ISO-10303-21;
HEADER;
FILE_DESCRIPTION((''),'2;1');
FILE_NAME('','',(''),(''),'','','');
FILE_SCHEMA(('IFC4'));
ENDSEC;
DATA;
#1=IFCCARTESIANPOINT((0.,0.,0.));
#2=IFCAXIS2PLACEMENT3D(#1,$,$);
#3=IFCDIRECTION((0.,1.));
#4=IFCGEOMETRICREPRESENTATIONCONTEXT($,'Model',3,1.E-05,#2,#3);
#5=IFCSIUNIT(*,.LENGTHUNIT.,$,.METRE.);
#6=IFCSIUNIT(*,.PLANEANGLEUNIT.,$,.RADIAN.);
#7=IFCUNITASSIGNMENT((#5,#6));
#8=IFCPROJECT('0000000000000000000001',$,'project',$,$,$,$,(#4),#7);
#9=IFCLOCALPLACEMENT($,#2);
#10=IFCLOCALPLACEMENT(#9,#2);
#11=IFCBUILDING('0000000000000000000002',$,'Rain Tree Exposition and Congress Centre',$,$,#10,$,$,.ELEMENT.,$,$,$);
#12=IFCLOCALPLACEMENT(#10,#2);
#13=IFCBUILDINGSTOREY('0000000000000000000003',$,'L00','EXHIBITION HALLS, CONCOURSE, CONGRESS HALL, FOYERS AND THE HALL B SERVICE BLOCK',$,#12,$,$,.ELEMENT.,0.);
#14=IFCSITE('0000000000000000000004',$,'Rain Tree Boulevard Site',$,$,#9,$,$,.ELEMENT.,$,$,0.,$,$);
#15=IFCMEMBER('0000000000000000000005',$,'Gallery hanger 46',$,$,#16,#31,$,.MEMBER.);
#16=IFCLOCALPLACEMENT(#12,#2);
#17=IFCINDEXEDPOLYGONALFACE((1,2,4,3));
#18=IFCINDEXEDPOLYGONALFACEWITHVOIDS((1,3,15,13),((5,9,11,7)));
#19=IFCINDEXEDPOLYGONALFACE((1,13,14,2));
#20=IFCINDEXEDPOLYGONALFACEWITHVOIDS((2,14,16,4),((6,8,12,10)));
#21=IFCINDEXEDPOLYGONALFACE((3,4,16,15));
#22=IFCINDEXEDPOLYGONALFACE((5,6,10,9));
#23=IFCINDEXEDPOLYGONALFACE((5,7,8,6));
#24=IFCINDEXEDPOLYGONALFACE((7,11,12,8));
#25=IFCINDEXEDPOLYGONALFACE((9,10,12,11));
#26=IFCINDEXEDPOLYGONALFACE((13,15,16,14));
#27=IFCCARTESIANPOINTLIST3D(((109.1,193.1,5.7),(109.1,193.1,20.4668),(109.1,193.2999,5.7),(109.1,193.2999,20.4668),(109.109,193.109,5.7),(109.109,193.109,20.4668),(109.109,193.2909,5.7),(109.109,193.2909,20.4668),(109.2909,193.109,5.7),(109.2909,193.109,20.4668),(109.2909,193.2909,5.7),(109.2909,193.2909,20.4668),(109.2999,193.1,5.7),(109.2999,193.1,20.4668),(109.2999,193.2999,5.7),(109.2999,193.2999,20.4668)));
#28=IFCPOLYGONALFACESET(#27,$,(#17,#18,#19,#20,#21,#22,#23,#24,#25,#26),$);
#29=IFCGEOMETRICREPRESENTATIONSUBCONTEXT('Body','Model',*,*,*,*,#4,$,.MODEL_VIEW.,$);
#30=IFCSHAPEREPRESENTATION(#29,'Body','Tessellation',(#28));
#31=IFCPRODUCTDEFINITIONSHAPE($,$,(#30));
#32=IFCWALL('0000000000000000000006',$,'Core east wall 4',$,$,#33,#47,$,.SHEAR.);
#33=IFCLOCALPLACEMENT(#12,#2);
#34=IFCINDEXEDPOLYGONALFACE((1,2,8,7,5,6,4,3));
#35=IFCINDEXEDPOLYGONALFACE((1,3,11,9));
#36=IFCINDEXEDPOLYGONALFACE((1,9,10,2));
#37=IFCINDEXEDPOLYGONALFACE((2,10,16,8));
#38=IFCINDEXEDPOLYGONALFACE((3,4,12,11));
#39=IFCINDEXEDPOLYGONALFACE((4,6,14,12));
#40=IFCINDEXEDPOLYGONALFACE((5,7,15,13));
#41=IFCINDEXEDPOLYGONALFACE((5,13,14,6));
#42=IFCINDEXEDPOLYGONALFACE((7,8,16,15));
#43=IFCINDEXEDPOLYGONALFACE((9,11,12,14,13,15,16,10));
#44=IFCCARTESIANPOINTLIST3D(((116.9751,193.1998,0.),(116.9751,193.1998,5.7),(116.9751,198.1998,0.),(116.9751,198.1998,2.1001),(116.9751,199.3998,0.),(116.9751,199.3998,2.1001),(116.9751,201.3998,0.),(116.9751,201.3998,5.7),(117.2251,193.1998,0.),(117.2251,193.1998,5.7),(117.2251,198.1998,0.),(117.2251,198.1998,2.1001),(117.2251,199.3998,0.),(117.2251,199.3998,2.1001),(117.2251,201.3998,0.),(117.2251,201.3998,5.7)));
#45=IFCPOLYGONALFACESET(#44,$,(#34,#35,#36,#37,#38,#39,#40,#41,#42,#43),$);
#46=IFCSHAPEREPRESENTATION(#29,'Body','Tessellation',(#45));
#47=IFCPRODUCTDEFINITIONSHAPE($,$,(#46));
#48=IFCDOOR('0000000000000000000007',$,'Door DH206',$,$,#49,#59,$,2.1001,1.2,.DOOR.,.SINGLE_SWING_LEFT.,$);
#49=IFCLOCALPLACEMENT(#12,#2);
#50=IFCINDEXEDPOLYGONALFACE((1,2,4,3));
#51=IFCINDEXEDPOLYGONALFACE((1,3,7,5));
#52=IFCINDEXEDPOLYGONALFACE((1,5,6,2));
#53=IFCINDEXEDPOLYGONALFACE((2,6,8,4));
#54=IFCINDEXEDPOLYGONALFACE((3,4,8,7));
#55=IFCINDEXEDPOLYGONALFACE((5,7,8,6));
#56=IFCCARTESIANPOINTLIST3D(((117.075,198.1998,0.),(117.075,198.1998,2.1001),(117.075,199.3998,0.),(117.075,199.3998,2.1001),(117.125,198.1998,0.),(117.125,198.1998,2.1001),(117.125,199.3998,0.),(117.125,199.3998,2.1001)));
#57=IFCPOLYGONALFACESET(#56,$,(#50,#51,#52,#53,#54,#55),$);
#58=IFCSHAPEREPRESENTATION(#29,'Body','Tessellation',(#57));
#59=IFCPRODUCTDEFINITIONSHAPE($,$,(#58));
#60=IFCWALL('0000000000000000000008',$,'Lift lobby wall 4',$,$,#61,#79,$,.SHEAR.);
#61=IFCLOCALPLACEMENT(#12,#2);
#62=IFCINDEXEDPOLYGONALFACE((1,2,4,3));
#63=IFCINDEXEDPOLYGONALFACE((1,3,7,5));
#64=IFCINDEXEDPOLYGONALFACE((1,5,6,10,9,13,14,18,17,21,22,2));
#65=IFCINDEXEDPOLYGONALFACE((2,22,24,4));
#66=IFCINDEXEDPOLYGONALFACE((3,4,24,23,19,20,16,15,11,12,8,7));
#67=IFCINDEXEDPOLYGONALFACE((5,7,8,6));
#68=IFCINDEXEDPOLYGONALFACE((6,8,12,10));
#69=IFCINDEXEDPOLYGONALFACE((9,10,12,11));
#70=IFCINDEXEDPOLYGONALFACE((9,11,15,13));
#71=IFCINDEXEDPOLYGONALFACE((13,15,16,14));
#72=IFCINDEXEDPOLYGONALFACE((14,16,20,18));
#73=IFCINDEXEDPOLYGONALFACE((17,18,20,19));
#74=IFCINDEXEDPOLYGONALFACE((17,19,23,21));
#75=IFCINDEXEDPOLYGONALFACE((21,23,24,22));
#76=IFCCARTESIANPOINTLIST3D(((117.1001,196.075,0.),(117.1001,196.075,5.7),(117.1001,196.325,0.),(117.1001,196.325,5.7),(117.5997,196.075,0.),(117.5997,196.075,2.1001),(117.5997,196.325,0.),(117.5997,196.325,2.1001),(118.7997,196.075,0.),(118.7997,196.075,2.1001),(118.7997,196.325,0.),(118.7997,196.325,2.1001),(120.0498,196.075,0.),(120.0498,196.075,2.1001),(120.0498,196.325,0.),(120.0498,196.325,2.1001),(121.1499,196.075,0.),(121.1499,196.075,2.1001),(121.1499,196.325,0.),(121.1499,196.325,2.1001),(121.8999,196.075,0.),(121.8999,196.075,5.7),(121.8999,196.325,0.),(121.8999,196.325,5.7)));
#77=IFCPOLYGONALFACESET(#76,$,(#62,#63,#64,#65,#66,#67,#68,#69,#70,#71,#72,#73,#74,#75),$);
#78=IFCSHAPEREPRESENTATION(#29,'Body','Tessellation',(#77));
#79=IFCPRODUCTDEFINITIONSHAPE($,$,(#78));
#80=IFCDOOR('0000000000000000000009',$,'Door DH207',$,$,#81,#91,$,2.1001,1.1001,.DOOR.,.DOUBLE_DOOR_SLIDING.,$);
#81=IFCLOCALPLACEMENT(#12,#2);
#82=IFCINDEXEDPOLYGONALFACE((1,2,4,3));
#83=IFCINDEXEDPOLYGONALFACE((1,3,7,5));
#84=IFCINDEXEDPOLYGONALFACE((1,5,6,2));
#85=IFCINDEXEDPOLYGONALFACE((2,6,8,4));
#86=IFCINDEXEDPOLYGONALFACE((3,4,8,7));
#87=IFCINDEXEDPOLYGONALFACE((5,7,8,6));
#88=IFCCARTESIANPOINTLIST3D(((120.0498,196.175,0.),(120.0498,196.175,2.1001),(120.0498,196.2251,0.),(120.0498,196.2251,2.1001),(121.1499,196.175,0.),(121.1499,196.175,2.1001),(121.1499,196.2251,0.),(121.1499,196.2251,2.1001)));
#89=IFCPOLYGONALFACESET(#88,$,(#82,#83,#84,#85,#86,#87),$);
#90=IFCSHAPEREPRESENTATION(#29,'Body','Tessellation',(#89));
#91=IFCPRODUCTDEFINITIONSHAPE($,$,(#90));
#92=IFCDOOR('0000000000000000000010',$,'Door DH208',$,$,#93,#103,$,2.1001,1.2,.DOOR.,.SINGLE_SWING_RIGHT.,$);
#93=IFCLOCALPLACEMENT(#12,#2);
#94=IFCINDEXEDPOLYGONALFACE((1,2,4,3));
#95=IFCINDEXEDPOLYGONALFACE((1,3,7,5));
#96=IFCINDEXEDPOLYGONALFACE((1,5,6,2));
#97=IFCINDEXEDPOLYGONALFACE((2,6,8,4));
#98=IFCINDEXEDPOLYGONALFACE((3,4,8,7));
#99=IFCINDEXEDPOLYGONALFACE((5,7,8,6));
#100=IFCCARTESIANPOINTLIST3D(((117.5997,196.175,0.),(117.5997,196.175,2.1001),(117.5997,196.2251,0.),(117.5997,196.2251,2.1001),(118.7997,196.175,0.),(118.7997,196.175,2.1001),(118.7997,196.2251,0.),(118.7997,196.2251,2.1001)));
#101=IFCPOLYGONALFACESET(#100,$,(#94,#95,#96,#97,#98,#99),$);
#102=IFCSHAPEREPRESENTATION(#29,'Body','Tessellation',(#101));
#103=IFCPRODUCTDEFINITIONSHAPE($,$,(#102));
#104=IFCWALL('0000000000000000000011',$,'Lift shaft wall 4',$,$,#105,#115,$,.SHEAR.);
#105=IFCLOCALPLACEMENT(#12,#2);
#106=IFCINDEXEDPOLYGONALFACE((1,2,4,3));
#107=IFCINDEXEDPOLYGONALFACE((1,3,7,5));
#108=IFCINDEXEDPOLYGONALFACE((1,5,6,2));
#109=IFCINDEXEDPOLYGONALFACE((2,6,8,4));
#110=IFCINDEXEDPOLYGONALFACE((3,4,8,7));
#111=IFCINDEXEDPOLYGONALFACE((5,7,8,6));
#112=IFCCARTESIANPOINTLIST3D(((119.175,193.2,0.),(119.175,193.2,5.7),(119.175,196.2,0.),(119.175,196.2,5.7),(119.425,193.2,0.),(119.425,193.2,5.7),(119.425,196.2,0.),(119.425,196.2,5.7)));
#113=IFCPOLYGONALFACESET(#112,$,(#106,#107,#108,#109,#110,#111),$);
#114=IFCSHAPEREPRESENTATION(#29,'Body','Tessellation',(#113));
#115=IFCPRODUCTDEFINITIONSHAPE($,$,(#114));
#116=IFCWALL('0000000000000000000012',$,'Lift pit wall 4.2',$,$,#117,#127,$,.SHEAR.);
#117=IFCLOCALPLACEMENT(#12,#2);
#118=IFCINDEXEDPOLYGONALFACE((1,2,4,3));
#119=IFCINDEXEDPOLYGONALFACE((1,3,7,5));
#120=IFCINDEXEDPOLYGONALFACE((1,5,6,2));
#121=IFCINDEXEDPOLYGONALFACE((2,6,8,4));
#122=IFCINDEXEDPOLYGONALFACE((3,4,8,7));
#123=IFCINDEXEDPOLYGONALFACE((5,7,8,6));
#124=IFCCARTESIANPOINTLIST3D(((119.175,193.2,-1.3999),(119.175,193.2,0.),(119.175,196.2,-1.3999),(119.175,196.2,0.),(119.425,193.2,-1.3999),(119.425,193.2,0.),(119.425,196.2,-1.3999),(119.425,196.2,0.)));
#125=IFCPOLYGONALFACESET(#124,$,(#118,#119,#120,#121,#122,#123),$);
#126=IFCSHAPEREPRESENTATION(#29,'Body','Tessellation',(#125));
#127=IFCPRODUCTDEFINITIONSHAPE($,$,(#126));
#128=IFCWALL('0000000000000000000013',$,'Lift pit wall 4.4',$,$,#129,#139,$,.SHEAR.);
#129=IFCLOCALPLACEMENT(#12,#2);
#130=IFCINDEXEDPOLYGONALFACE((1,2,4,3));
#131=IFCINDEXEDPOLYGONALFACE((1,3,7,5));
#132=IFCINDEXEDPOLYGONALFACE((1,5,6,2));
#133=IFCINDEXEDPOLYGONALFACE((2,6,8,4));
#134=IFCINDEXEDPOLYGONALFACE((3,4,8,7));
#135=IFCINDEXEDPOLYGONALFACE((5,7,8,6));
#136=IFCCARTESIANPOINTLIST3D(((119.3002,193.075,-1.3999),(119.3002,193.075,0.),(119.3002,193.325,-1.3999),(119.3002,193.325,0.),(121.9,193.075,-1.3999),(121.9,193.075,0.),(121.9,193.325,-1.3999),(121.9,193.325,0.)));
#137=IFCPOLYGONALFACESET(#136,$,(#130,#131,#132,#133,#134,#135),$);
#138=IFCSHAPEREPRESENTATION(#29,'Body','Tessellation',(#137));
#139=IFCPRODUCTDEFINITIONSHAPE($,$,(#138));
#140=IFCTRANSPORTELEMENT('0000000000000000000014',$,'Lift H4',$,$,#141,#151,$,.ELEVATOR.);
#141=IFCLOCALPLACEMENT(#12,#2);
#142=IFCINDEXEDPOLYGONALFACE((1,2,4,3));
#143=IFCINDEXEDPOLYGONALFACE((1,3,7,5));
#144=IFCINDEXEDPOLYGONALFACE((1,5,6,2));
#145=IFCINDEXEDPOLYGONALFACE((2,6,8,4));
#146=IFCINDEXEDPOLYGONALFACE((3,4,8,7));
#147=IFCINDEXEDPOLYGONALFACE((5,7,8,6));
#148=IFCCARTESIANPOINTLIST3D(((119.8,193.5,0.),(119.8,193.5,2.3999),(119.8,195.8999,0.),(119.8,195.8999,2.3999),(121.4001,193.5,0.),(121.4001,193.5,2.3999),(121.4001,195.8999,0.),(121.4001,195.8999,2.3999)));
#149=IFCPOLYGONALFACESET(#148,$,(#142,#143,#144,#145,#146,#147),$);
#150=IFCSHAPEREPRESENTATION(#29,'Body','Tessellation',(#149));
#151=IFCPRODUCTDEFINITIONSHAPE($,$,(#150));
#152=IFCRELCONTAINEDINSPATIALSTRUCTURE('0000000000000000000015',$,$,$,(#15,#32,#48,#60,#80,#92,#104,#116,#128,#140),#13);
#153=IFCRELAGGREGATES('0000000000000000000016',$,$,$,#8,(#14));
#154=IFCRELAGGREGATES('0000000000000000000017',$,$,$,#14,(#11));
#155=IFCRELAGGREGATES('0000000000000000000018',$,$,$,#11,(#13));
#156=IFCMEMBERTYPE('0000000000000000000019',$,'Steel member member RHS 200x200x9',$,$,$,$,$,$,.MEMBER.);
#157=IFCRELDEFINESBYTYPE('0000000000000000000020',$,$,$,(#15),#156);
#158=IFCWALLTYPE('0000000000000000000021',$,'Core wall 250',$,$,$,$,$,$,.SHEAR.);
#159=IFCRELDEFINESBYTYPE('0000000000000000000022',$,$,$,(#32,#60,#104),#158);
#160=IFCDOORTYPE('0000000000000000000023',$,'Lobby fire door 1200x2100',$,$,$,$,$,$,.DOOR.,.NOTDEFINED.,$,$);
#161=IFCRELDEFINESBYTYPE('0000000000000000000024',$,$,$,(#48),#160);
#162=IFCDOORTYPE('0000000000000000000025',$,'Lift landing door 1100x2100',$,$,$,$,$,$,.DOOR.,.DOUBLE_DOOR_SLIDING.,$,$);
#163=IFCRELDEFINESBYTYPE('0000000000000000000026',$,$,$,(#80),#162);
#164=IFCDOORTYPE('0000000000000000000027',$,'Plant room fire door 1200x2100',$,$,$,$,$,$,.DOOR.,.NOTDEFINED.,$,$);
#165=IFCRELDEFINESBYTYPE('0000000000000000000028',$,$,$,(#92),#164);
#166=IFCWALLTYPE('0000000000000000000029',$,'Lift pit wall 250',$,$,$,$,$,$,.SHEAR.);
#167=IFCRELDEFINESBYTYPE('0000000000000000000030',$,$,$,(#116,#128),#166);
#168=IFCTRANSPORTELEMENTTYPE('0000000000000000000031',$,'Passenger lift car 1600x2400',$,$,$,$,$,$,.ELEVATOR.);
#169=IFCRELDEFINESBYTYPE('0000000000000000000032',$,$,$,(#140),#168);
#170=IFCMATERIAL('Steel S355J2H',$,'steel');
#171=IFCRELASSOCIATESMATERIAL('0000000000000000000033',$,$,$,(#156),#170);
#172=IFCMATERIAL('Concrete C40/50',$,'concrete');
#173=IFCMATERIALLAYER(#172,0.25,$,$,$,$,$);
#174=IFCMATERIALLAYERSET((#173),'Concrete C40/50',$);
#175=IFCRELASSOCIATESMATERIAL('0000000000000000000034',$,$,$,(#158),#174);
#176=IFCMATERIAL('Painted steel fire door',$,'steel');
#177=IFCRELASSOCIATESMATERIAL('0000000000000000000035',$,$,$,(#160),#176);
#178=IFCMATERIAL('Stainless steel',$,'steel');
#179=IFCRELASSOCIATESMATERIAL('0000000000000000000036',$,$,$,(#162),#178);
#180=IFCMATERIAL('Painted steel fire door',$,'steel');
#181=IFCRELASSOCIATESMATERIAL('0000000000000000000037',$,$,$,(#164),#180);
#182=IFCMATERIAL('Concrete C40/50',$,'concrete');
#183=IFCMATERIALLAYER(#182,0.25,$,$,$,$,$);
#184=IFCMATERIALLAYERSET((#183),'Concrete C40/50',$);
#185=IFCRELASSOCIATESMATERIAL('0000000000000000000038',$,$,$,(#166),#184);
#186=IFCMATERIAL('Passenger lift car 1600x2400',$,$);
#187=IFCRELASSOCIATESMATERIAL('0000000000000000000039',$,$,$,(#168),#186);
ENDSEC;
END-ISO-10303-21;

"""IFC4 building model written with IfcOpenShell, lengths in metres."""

from ifc_helpers import new_model, si_unit, direction, frame, frame_2d, origin, origin_2d, place, context, subcontext, project, spatial, rectangle, hollow_rectangle, extrude, material, layer, layer_set, material_profile, profile_set, type_object, element, fill, save


model = new_model("IFC4")

# Units and contexts
model_context = context("Model", 3, precision=1e-05, world=origin(), true_north=direction((0.0, 1.0)))
body_context = subcontext(model_context, "Body", "Model", "MODEL_VIEW")
ifc_project = project(units=[si_unit("LENGTHUNIT", "METRE"), si_unit("PLANEANGLEUNIT", "RADIAN")], contexts=[model_context])

# Site, building, storey
site_placement = place(None, origin())
site = spatial("IfcSite", under=ifc_project, at=site_placement, Name="Rain Tree Boulevard Site", CompositionType="ELEMENT", RefElevation=0.0)
building_placement = place(site_placement, origin())
building = spatial("IfcBuilding", under=site, at=building_placement, Name="Rain Tree Exposition and Congress Centre", CompositionType="ELEMENT")
storey_placement = place(building_placement, origin())
storey = spatial("IfcBuildingStorey", under=building, at=storey_placement, Name="L00", Description="EXHIBITION HALLS, CONCOURSE, CONGRESS HALL, FOYERS AND THE HALL B SERVICE BLOCK", CompositionType="ELEMENT", Elevation=0.0)

# Member
ifc_material_1 = material(Name="Steel S355J2H", Category="steel")
ifc_material_profile_1 = material_profile(ifc_material_1, hollow_rectangle(XDim=0.2, YDim=0.2, WallThickness=0.009, at=origin_2d()), Name="RHS 200x200x9")
ifc_profile_set_1 = profile_set([ifc_material_profile_1], Name="Steel S355J2H")
member_type = type_object("IfcMemberType", Name="Steel member member RHS 200x200x9", PredefinedType="MEMBER", material=ifc_profile_set_1)
member_placement = place(storey_placement, frame((109.2, 193.2, 5.7), z_axis=(0.0, 0.0, 1.0), x_axis=(1.0, 0.0, 0.0)))
element("IfcMember", 1, at=member_placement, inside=storey, type_object=member_type, Name="Gallery hanger 46", PredefinedType="MEMBER", context=body_context, shape_type="SweptSolid", body=[
    extrude(hollow_rectangle(XDim=0.2, YDim=0.2, WallThickness=0.009, at=origin_2d()), origin(), (0.0, 0.0, 1.0), 14.7668),
])

# Wall, opening, door
ifc_material_2 = material(Name="Concrete C40/50", Category="concrete")
ifc_layer_1 = layer(ifc_material_2, 0.25)
ifc_layer_set_1 = layer_set([ifc_layer_1], Name="Concrete C40/50")
wall_type_1 = type_object("IfcWallType", Name="Core wall 250", PredefinedType="SHEAR", material=ifc_layer_set_1)
wall_1_placement = place(storey_placement, frame((117.1001, 201.3999, 0.0), z_axis=(0.0, 0.0, 1.0), x_axis=(0.0, -1.0, 0.0)))
wall_1 = element("IfcWall", 2, at=wall_1_placement, inside=storey, type_object=wall_type_1, Name="Core east wall 4", PredefinedType="SHEAR", context=body_context, shape_type="SweptSolid", body=[
    extrude(rectangle(XDim=8.2, YDim=0.25, at=frame_2d((4.1001, 0.0))), origin(), (0.0, 0.0, 1.0), 5.7),
])
opening_1_placement = place(wall_1_placement, frame((2.0, 0.0, 0.0)))
opening_1 = element("IfcOpeningElement", 3, at=opening_1_placement, cuts=wall_1, PredefinedType="OPENING", context=body_context, shape_type="SweptSolid", body=[
    extrude(rectangle(XDim=1.2, YDim=2.1001, at=frame_2d((0.6001, 1.05))), frame((0.0, 0.125, 0.0), z_axis=(0.0, -1.0, 0.0), x_axis=(1.0, 0.0, 0.0)), (0.0, 0.0, 1.0), 0.25),
])
ifc_material_3 = material(Name="Painted steel fire door", Category="steel")
door_type_1 = type_object("IfcDoorType", Name="Lobby fire door 1200x2100", OperationType="NOTDEFINED", PredefinedType="DOOR", material=ifc_material_3)
door_1_placement = place(opening_1_placement, origin())
door_1 = element("IfcDoor", 4, at=door_1_placement, inside=storey, type_object=door_type_1, Name="Door DH206", OperationType="SINGLE_SWING_LEFT", OverallHeight=2.1001, OverallWidth=1.2, PredefinedType="DOOR", context=body_context, shape_type="SweptSolid", body=[
    extrude(rectangle(XDim=1.2, YDim=2.1001, at=frame_2d((0.6001, 1.05))), frame((0.0, 0.0249, 0.0), z_axis=(0.0, -1.0, 0.0), x_axis=(1.0, 0.0, 0.0)), (0.0, 0.0, 1.0), 0.05),
])
fill(opening_1, door_1)

# Wall, openings, doors
wall_2_placement = place(storey_placement, frame((121.8999, 196.2, 0.0), z_axis=(0.0, 0.0, 1.0), x_axis=(-1.0, 0.0, 0.0)))
wall_2 = element("IfcWall", 5, at=wall_2_placement, inside=storey, type_object=wall_type_1, Name="Lift lobby wall 4", PredefinedType="SHEAR", context=body_context, shape_type="SweptSolid", body=[
    extrude(rectangle(XDim=4.7998, YDim=0.25, at=frame_2d((2.3999, 0.0))), origin(), (0.0, 0.0, 1.0), 5.7),
])
opening_2_placement = place(wall_2_placement, frame((0.75, 0.0, 0.0)))
opening_2 = element("IfcOpeningElement", 6, at=opening_2_placement, cuts=wall_2, PredefinedType="OPENING", context=body_context, shape_type="SweptSolid", body=[
    extrude(rectangle(XDim=1.1001, YDim=2.1001, at=frame_2d((0.55, 1.05))), frame((0.0, 0.125, 0.0), z_axis=(0.0, -1.0, 0.0), x_axis=(1.0, 0.0, 0.0)), (0.0, 0.0, 1.0), 0.25),
])
opening_3_placement = place(wall_2_placement, frame((3.1001, 0.0, 0.0)))
opening_3 = element("IfcOpeningElement", 7, at=opening_3_placement, cuts=wall_2, PredefinedType="OPENING", context=body_context, shape_type="SweptSolid", body=[
    extrude(rectangle(XDim=1.2, YDim=2.1001, at=frame_2d((0.6001, 1.05))), frame((0.0, 0.125, 0.0), z_axis=(0.0, -1.0, 0.0), x_axis=(1.0, 0.0, 0.0)), (0.0, 0.0, 1.0), 0.25),
])
ifc_material_4 = material(Name="Stainless steel", Category="steel")
door_type_2 = type_object("IfcDoorType", Name="Lift landing door 1100x2100", OperationType="DOUBLE_DOOR_SLIDING", PredefinedType="DOOR", material=ifc_material_4)
door_2_placement = place(opening_2_placement, origin())
door_2 = element("IfcDoor", 8, at=door_2_placement, inside=storey, type_object=door_type_2, Name="Door DH207", OperationType="DOUBLE_DOOR_SLIDING", OverallHeight=2.1001, OverallWidth=1.1001, PredefinedType="DOOR", context=body_context, shape_type="SweptSolid", body=[
    extrude(rectangle(XDim=1.1001, YDim=2.1001, at=frame_2d((0.55, 1.05))), frame((0.0, 0.0249, 0.0), z_axis=(0.0, -1.0, 0.0), x_axis=(1.0, 0.0, 0.0)), (0.0, 0.0, 1.0), 0.05),
])
fill(opening_2, door_2)
ifc_material_5 = material(Name="Painted steel fire door", Category="steel")
door_type_3 = type_object("IfcDoorType", Name="Plant room fire door 1200x2100", OperationType="NOTDEFINED", PredefinedType="DOOR", material=ifc_material_5)
door_3_placement = place(opening_3_placement, origin())
door_3 = element("IfcDoor", 9, at=door_3_placement, inside=storey, type_object=door_type_3, Name="Door DH208", OperationType="SINGLE_SWING_RIGHT", OverallHeight=2.1001, OverallWidth=1.2, PredefinedType="DOOR", context=body_context, shape_type="SweptSolid", body=[
    extrude(rectangle(XDim=1.2, YDim=2.1001, at=frame_2d((0.6001, 1.05))), frame((0.0, 0.0249, 0.0), z_axis=(0.0, -1.0, 0.0), x_axis=(1.0, 0.0, 0.0)), (0.0, 0.0, 1.0), 0.05),
])
fill(opening_3, door_3)

# Wall
wall_3_placement = place(storey_placement, frame((119.3, 196.2, 0.0), z_axis=(0.0, 0.0, 1.0), x_axis=(0.0, -1.0, 0.0)))
element("IfcWall", 10, at=wall_3_placement, inside=storey, type_object=wall_type_1, Name="Lift shaft wall 4", PredefinedType="SHEAR", context=body_context, shape_type="SweptSolid", body=[
    extrude(rectangle(XDim=3.0, YDim=0.25, at=frame_2d((1.5, 0.0))), origin(), (0.0, 0.0, 1.0), 5.7),
])

# Walls
ifc_material_6 = material(Name="Concrete C40/50", Category="concrete")
ifc_layer_2 = layer(ifc_material_6, 0.25)
ifc_layer_set_2 = layer_set([ifc_layer_2], Name="Concrete C40/50")
wall_type_2 = type_object("IfcWallType", Name="Lift pit wall 250", PredefinedType="SHEAR", material=ifc_layer_set_2)
wall_4_placement = place(storey_placement, frame((119.3, 196.2, -1.3999), z_axis=(0.0, 0.0, 1.0), x_axis=(0.0, -1.0, 0.0)))
element("IfcWall", 11, at=wall_4_placement, inside=storey, type_object=wall_type_2, Name="Lift pit wall 4.2", PredefinedType="SHEAR", context=body_context, shape_type="SweptSolid", body=[
    extrude(rectangle(XDim=3.0, YDim=0.25, at=frame_2d((1.5, 0.0))), origin(), (0.0, 0.0, 1.0), 1.3999),
])
wall_5_placement = place(storey_placement, frame((121.8999, 193.2, -1.3999), z_axis=(0.0, 0.0, 1.0), x_axis=(-1.0, 0.0, 0.0)))
element("IfcWall", 12, at=wall_5_placement, inside=storey, type_object=wall_type_2, Name="Lift pit wall 4.4", PredefinedType="SHEAR", context=body_context, shape_type="SweptSolid", body=[
    extrude(rectangle(XDim=2.5999, YDim=0.25, at=frame_2d((1.2998, 0.0))), origin(), (0.0, 0.0, 1.0), 1.3999),
])

# Transport element
ifc_material_7 = material(Name="Passenger lift car 1600x2400")
transport_element_type = type_object("IfcTransportElementType", Name="Passenger lift car 1600x2400", PredefinedType="ELEVATOR", material=ifc_material_7)
transport_element_placement = place(storey_placement, frame((120.6001, 194.7, 0.0), z_axis=(0.0, 0.0, 1.0), x_axis=(1.0, 0.0, 0.0)))
element("IfcTransportElement", 13, at=transport_element_placement, inside=storey, type_object=transport_element_type, Name="Lift H4", PredefinedType="ELEVATOR", context=body_context, shape_type="SweptSolid", body=[
    extrude(rectangle(XDim=1.6001, YDim=2.3999, at=origin_2d()), origin(), (0.0, 0.0, 1.0), 2.3999),
])

save(model, "model.ifc")
